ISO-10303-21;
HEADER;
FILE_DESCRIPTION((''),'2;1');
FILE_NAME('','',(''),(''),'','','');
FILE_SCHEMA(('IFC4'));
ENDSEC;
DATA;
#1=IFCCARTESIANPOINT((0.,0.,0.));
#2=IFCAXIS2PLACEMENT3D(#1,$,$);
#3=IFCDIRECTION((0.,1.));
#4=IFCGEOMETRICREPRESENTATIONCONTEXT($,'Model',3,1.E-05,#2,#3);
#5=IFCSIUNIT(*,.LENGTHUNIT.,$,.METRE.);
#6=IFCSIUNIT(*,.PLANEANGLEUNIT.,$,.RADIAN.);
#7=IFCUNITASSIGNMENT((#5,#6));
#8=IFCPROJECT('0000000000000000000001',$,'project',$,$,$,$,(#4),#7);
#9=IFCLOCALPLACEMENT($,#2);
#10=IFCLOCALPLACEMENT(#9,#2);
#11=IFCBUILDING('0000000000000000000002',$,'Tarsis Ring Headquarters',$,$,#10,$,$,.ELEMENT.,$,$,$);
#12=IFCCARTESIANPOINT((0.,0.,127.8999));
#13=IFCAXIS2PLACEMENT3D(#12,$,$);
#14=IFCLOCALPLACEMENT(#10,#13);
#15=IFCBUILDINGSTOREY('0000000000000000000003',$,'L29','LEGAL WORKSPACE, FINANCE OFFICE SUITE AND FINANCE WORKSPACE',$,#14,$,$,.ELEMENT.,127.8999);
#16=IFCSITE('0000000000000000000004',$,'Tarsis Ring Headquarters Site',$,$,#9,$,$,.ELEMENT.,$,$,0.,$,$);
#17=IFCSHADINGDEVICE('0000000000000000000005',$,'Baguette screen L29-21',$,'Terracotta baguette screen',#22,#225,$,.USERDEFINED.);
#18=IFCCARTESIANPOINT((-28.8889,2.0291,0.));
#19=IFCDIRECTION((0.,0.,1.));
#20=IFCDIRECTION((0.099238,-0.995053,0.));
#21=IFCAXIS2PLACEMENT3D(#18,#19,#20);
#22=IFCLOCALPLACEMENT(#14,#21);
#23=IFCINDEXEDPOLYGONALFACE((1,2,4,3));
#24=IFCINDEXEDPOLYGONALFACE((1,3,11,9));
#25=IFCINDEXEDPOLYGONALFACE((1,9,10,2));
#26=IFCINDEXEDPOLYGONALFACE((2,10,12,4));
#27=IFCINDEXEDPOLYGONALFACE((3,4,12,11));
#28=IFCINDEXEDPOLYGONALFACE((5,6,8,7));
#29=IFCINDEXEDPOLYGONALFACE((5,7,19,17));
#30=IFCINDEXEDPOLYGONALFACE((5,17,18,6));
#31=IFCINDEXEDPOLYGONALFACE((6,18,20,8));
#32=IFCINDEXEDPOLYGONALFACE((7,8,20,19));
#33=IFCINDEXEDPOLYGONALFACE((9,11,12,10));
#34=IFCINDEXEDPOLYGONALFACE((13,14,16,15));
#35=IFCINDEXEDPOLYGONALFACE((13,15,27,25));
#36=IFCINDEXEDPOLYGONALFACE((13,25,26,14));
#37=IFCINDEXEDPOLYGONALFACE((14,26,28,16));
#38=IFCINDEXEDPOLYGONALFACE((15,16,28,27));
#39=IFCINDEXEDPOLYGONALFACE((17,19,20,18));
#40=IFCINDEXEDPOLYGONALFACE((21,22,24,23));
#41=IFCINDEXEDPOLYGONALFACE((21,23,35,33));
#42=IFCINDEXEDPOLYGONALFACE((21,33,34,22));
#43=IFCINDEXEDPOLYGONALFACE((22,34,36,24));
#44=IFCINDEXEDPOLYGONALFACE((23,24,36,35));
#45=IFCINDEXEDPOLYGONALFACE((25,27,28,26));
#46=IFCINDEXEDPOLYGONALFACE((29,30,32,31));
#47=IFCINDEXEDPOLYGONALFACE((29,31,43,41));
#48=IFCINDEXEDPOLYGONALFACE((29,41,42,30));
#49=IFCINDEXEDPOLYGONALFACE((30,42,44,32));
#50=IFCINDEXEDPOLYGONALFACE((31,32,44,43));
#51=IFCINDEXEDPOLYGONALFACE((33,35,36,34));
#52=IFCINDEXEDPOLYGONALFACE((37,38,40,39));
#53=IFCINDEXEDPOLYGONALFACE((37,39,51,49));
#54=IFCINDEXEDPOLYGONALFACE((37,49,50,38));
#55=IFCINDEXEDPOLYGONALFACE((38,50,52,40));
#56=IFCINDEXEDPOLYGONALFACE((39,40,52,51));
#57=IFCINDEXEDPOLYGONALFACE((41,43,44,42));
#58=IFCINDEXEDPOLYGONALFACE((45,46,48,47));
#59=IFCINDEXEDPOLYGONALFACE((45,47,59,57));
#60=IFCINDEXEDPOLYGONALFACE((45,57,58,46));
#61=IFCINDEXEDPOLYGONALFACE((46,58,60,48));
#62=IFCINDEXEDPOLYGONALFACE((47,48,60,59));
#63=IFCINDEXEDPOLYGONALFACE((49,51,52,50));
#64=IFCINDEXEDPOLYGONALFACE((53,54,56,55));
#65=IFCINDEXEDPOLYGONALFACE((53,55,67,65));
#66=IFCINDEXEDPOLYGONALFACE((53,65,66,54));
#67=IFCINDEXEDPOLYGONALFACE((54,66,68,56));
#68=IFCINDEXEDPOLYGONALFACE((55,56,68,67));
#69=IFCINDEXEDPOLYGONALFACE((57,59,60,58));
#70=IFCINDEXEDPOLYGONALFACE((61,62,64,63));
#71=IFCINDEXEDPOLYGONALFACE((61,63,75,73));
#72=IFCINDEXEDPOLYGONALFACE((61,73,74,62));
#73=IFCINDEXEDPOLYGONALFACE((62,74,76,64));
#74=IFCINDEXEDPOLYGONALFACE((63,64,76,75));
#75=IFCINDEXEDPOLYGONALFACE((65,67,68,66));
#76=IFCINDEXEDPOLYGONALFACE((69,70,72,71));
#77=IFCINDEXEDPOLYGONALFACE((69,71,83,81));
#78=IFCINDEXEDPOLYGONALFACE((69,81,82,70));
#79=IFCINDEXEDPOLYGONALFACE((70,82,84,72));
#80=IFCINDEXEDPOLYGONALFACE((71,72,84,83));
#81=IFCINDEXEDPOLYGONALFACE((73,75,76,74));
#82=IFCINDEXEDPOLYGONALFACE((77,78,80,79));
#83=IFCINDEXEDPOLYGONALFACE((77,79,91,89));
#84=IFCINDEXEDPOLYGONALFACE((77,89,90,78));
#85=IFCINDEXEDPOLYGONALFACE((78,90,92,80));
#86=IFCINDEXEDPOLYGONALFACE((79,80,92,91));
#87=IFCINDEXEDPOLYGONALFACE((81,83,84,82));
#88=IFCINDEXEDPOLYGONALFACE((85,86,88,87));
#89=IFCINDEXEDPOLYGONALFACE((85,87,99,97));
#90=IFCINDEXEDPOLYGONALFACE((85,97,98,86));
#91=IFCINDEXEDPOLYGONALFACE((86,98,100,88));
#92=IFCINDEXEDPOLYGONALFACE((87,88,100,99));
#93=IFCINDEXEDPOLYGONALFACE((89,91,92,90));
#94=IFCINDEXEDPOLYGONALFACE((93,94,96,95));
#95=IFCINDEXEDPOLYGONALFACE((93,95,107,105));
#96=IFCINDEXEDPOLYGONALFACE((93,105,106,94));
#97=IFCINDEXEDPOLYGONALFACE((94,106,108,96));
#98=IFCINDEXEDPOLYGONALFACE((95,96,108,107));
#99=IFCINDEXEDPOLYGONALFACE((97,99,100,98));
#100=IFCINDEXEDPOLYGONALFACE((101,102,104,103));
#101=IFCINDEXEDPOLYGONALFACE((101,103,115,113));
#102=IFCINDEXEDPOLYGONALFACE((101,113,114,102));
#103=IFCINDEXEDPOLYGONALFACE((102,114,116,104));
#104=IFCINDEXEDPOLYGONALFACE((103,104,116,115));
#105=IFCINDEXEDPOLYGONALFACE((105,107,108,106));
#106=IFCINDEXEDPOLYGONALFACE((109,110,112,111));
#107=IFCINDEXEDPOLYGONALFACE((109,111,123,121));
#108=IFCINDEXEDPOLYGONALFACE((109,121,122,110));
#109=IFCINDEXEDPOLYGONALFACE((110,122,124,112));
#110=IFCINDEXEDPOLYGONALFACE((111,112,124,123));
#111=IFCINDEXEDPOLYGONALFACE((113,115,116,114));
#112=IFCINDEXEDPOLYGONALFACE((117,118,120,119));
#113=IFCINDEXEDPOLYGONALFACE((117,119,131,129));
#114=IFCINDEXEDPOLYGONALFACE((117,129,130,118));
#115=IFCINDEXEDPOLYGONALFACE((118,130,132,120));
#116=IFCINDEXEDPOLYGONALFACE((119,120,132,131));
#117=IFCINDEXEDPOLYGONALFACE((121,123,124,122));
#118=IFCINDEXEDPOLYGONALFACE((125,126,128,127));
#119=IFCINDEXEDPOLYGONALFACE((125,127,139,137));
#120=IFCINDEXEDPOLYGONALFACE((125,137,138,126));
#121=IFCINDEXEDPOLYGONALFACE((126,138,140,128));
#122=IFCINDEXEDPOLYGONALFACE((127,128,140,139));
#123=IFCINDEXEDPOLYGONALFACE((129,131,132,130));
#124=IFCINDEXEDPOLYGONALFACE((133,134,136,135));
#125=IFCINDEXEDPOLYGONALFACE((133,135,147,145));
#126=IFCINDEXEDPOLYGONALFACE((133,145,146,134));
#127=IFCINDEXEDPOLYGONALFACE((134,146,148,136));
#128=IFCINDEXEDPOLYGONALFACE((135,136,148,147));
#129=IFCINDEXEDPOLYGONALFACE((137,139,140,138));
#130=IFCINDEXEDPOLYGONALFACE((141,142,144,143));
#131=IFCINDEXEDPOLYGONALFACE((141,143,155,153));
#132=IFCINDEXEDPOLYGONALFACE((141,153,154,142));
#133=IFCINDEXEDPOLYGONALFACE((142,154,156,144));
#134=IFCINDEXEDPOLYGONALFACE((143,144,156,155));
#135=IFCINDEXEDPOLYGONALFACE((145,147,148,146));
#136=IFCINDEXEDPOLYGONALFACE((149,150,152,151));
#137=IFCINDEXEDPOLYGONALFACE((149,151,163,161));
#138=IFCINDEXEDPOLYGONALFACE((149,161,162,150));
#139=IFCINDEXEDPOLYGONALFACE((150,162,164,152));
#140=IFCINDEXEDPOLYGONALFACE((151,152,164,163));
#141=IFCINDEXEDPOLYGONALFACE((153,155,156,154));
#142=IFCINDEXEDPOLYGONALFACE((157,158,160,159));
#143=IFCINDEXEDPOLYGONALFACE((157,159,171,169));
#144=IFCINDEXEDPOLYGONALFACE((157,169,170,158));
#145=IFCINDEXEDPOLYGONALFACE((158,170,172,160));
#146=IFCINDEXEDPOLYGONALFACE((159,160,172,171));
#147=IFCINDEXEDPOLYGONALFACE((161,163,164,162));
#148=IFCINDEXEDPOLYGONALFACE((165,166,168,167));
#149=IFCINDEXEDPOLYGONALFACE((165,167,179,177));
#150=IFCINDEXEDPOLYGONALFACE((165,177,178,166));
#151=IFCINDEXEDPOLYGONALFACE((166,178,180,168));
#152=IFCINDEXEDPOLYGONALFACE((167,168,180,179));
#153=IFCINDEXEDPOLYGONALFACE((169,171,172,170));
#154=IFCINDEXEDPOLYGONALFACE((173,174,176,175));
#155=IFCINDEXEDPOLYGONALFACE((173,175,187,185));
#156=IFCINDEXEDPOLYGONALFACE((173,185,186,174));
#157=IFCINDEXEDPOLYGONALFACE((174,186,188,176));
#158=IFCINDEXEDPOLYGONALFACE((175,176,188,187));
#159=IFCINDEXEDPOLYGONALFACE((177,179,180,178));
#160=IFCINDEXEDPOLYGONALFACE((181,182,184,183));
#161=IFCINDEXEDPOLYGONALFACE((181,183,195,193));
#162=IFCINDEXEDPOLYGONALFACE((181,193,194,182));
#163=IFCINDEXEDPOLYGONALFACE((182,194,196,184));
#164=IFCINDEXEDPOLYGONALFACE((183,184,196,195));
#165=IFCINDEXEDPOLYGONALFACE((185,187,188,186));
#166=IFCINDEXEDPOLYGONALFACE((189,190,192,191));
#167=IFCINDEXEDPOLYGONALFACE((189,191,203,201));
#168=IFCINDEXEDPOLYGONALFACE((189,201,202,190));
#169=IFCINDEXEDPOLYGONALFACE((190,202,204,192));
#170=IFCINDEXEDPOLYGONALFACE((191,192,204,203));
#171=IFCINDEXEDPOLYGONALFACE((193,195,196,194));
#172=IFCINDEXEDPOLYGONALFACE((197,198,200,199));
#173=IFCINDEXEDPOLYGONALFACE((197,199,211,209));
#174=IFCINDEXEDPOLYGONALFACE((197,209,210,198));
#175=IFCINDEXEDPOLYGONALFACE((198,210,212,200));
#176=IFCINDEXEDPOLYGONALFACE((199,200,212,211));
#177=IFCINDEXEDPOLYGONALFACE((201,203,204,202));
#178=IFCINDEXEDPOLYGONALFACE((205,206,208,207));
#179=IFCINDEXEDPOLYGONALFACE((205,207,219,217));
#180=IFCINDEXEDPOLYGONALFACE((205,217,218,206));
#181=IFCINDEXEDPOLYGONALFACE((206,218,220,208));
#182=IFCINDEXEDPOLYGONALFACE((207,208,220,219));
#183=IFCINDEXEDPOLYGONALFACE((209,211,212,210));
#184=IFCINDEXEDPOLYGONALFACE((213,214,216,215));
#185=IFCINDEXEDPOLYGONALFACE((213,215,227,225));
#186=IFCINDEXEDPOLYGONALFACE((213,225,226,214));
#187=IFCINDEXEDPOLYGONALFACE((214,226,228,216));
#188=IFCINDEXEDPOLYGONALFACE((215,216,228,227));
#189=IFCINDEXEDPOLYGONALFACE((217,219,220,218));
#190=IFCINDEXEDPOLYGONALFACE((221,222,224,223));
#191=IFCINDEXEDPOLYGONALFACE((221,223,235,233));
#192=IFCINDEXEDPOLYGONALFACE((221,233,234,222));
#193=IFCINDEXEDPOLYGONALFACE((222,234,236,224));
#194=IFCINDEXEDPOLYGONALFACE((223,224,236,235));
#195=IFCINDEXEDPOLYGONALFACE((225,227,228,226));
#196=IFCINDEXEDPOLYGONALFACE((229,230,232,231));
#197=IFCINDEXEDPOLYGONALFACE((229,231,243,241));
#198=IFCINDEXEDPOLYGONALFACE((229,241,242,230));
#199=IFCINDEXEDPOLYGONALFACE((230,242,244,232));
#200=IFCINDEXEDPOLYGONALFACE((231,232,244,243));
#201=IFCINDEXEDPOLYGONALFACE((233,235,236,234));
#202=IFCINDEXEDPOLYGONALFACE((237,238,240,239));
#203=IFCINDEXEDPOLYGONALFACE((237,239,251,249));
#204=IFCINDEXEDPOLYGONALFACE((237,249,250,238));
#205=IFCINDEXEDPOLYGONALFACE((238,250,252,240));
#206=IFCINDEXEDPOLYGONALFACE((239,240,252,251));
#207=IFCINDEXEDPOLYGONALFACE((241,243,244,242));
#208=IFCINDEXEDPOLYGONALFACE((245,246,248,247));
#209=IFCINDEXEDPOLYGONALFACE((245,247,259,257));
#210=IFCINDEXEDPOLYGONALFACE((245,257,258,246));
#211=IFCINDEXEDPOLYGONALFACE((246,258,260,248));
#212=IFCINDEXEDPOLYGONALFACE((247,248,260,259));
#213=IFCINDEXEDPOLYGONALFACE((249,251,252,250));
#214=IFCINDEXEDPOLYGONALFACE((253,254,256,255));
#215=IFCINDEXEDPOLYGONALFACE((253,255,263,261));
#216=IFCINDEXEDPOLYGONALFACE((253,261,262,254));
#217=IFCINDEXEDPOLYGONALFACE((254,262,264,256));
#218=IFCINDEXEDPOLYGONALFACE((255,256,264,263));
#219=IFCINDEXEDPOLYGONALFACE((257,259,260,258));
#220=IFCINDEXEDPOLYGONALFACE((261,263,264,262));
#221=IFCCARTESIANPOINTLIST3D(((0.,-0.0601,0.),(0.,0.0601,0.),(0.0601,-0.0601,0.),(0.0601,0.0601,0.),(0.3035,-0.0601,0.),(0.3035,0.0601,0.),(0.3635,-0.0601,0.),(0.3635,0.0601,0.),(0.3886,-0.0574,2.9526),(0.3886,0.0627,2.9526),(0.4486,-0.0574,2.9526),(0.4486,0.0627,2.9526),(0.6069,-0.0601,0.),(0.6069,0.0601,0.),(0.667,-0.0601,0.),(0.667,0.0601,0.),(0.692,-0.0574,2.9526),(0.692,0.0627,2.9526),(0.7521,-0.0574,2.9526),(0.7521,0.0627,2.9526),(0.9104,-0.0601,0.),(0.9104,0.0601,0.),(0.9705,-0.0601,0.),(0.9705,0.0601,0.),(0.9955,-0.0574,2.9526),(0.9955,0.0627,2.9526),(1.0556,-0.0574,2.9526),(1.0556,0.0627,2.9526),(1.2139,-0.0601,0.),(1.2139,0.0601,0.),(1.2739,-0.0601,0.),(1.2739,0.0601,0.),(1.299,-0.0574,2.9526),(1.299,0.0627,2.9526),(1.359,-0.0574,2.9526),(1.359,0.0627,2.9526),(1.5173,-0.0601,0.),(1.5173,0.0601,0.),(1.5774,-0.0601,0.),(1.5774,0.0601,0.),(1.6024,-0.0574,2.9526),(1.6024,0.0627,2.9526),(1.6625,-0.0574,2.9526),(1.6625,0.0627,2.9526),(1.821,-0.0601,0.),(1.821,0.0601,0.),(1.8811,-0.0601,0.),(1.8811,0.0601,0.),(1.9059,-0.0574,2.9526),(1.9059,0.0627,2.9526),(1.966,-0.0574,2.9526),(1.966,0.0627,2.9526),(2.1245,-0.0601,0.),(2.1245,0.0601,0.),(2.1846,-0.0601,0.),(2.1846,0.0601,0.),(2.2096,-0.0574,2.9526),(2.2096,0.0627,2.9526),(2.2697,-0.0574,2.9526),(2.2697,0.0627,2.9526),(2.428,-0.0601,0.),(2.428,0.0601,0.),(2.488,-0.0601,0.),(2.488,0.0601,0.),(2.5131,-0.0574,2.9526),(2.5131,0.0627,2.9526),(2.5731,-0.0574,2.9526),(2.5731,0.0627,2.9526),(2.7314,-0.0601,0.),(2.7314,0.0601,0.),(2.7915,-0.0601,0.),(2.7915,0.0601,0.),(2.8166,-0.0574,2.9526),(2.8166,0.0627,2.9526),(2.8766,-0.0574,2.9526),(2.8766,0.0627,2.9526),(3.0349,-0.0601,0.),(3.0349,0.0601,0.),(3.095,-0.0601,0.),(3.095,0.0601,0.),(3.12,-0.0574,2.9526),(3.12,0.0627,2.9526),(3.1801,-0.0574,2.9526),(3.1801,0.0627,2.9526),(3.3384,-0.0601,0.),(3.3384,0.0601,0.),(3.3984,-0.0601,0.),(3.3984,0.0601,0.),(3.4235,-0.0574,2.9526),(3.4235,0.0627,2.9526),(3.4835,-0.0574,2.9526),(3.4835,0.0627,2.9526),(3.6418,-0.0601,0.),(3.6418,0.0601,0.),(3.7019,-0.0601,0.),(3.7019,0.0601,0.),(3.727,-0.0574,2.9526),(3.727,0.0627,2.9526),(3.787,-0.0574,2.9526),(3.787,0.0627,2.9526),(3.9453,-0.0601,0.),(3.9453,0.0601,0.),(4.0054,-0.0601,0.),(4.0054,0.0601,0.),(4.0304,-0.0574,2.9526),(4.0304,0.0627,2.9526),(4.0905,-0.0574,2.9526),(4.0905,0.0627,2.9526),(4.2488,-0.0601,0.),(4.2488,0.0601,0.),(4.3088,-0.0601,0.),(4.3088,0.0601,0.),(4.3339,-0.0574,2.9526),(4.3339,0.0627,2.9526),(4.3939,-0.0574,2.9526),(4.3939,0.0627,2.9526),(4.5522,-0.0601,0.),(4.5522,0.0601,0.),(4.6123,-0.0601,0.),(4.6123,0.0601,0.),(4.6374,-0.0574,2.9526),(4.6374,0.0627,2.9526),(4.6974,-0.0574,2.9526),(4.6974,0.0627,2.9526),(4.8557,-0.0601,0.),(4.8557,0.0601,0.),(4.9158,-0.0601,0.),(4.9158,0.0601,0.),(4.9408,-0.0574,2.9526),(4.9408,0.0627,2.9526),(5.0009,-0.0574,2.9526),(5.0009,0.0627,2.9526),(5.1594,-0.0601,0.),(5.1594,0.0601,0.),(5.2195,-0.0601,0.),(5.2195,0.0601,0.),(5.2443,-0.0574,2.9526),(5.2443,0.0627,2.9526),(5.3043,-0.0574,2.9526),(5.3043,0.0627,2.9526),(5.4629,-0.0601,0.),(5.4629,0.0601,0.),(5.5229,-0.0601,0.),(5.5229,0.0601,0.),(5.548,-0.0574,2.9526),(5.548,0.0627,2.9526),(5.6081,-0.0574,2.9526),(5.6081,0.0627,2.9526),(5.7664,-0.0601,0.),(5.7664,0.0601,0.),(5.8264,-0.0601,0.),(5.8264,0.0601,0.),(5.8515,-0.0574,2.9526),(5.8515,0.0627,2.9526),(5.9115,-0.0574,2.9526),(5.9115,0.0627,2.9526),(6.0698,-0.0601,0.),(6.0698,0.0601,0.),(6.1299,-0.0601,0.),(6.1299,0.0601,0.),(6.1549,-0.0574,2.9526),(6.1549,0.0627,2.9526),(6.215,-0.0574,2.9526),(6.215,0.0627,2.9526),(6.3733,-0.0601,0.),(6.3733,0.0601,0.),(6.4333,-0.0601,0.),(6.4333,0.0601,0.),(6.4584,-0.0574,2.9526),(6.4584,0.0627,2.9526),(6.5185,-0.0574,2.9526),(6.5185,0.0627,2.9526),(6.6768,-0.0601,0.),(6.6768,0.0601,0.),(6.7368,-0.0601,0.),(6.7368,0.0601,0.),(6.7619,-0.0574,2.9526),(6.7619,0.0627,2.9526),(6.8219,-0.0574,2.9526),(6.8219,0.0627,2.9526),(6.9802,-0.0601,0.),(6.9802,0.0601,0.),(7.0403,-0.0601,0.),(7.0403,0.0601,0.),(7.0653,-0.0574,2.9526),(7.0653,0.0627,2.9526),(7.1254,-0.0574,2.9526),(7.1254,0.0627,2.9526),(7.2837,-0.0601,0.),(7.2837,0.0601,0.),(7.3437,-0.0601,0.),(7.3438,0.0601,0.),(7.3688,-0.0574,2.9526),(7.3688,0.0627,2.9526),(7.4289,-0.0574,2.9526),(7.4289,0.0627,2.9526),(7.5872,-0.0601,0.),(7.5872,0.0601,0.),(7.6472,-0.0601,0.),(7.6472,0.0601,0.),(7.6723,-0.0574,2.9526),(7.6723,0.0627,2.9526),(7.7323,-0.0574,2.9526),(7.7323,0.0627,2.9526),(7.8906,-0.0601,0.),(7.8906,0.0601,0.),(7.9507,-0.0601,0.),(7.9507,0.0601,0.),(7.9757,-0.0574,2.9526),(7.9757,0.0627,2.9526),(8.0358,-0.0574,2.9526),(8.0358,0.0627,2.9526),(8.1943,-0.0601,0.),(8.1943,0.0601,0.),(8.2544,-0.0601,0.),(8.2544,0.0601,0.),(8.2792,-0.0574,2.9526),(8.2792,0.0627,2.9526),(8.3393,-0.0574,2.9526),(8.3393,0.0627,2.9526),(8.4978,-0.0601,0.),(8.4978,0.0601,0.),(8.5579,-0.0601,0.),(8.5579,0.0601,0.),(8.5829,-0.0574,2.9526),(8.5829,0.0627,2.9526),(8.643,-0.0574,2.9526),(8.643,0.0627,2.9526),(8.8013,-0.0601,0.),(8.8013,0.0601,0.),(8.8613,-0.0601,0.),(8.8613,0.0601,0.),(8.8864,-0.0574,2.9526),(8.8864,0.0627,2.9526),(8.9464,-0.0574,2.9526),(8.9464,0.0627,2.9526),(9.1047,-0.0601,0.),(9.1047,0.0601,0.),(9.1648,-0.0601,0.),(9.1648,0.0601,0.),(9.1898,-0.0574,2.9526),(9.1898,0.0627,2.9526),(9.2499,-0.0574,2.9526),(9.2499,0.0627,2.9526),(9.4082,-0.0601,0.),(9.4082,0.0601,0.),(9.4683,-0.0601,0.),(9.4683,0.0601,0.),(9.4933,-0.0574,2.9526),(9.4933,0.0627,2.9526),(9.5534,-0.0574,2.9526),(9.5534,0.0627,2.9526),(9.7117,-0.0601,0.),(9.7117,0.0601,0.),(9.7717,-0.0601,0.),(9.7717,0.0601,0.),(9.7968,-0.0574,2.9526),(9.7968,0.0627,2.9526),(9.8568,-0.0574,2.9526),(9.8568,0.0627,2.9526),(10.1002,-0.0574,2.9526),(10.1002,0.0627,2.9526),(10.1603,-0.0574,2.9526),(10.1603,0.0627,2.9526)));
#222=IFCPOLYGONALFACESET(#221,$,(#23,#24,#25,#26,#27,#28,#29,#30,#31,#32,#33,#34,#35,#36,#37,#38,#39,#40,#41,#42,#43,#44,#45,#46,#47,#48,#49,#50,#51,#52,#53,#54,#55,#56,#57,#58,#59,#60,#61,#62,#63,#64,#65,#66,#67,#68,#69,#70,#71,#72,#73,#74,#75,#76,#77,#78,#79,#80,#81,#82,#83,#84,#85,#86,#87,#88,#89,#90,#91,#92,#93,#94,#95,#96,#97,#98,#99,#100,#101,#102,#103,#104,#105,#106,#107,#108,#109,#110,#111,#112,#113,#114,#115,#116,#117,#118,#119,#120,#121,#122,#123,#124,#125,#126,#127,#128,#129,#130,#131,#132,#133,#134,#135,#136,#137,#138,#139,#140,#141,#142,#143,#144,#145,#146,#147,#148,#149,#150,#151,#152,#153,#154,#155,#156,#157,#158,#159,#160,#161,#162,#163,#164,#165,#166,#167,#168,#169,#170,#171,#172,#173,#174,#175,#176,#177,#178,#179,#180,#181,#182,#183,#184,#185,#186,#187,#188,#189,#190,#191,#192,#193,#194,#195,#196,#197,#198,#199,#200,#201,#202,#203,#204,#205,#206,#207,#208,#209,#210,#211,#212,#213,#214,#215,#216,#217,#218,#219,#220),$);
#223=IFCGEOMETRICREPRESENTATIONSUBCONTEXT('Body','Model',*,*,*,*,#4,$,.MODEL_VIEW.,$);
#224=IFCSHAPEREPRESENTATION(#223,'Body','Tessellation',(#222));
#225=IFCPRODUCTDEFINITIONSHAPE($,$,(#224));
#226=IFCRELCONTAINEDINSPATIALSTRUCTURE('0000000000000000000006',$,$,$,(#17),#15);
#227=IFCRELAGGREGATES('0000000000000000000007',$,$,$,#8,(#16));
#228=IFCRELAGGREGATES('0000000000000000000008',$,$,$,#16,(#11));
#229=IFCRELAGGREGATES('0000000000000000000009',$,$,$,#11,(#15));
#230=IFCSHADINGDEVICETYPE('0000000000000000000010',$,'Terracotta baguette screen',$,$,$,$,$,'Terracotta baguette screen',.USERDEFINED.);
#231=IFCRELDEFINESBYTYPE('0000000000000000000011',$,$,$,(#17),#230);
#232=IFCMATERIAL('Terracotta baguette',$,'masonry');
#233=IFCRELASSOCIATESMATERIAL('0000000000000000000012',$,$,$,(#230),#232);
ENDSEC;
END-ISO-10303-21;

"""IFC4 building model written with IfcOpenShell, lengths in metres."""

from ifc_helpers import new_model, si_unit, direction, frame, frame_2d, origin, place, context, subcontext, project, spatial, rectangle, composite_profile, extrude, material, type_object, element, save


model = new_model("IFC4")

# Units and contexts
model_context = context("Model", 3, precision=1e-05, world=origin(), true_north=direction((0.0, 1.0)))
body_context = subcontext(model_context, "Body", "Model", "MODEL_VIEW")
ifc_project = project(units=[si_unit("LENGTHUNIT", "METRE"), si_unit("PLANEANGLEUNIT", "RADIAN")], contexts=[model_context])

# Site, building, storey
site_placement = place(None, origin())
site = spatial("IfcSite", under=ifc_project, at=site_placement, Name="Tarsis Ring Headquarters Site", CompositionType="ELEMENT", RefElevation=0.0)
building_placement = place(site_placement, origin())
building = spatial("IfcBuilding", under=site, at=building_placement, Name="Tarsis Ring Headquarters", CompositionType="ELEMENT")
storey_placement = place(building_placement, frame((0.0, 0.0, 127.8999)))
storey = spatial("IfcBuildingStorey", under=building, at=storey_placement, Name="L29", Description="LEGAL WORKSPACE, FINANCE OFFICE SUITE AND FINANCE WORKSPACE", CompositionType="ELEMENT", Elevation=127.8999)

# Shading device
ifc_material_1 = material(Name="Terracotta baguette", Category="masonry")
shading_device_type = type_object("IfcShadingDeviceType", Name="Terracotta baguette screen", ElementType="Terracotta baguette screen", PredefinedType="USERDEFINED", material=ifc_material_1)
shading_device_placement = place(storey_placement, frame((-28.8889, 2.0291, 0.0), z_axis=(0.0, 0.0, 1.0), x_axis=(0.099238, -0.995053, 0.0)))
element("IfcShadingDevice", 1, at=shading_device_placement, inside=storey, type_object=shading_device_type, Name="Baguette screen L29-21", ObjectType="Terracotta baguette screen", PredefinedType="USERDEFINED", context=body_context, shape_type="SweptSolid", body=[
    extrude(composite_profile([rectangle(XDim=0.0601, YDim=0.1201, at=frame_2d((0.03, 0.0))), rectangle(XDim=0.0601, YDim=0.1201, at=frame_2d((0.3335, 0.0))), rectangle(XDim=0.0601, YDim=0.1201, at=frame_2d((0.637, 0.0))), rectangle(XDim=0.0601, YDim=0.1201, at=frame_2d((0.9404, 0.0))), rectangle(XDim=0.0601, YDim=0.1201, at=frame_2d((1.2439, 0.0))), rectangle(XDim=0.0601, YDim=0.1201, at=frame_2d((1.5474, 0.0))), rectangle(XDim=0.0601, YDim=0.1201, at=frame_2d((1.8511, 0.0))), rectangle(XDim=0.0601, YDim=0.1201, at=frame_2d((2.1545, 0.0))), rectangle(XDim=0.0601, YDim=0.1201, at=frame_2d((2.458, 0.0))), rectangle(XDim=0.0601, YDim=0.1201, at=frame_2d((2.7615, 0.0))), rectangle(XDim=0.0601, YDim=0.1201, at=frame_2d((3.0649, 0.0))), rectangle(XDim=0.0601, YDim=0.1201, at=frame_2d((3.3684, 0.0))), rectangle(XDim=0.0601, YDim=0.1201, at=frame_2d((3.6719, 0.0))), rectangle(XDim=0.0601, YDim=0.1201, at=frame_2d((3.9753, 0.0))), rectangle(XDim=0.0601, YDim=0.1201, at=frame_2d((4.2788, 0.0))), rectangle(XDim=0.0601, YDim=0.1201, at=frame_2d((4.5823, 0.0))), rectangle(XDim=0.0601, YDim=0.1201, at=frame_2d((4.8857, 0.0))), rectangle(XDim=0.0601, YDim=0.1201, at=frame_2d((5.1895, 0.0))), rectangle(XDim=0.0601, YDim=0.1201, at=frame_2d((5.4929, 0.0))), rectangle(XDim=0.0601, YDim=0.1201, at=frame_2d((5.7964, 0.0))), rectangle(XDim=0.0601, YDim=0.1201, at=frame_2d((6.0999, 0.0))), rectangle(XDim=0.0601, YDim=0.1201, at=frame_2d((6.4033, 0.0))), rectangle(XDim=0.0601, YDim=0.1201, at=frame_2d((6.7068, 0.0))), rectangle(XDim=0.0601, YDim=0.1201, at=frame_2d((7.0103, 0.0))), rectangle(XDim=0.0601, YDim=0.1201, at=frame_2d((7.3137, 0.0))), rectangle(XDim=0.0601, YDim=0.1201, at=frame_2d((7.6172, 0.0))), rectangle(XDim=0.0601, YDim=0.1201, at=frame_2d((7.9207, 0.0))), rectangle(XDim=0.0601, YDim=0.1201, at=frame_2d((8.2244, 0.0))), rectangle(XDim=0.0601, YDim=0.1201, at=frame_2d((8.5278, 0.0))), rectangle(XDim=0.0601, YDim=0.1201, at=frame_2d((8.8313, 0.0))), rectangle(XDim=0.0601, YDim=0.1201, at=frame_2d((9.1348, 0.0))), rectangle(XDim=0.0601, YDim=0.1201, at=frame_2d((9.4382, 0.0))), rectangle(XDim=0.0601, YDim=0.1201, at=frame_2d((9.7417, 0.0)))]), origin(), (0.13048, 0.000888, 0.991451), 2.978),
])

save(model, "model.ifc")
